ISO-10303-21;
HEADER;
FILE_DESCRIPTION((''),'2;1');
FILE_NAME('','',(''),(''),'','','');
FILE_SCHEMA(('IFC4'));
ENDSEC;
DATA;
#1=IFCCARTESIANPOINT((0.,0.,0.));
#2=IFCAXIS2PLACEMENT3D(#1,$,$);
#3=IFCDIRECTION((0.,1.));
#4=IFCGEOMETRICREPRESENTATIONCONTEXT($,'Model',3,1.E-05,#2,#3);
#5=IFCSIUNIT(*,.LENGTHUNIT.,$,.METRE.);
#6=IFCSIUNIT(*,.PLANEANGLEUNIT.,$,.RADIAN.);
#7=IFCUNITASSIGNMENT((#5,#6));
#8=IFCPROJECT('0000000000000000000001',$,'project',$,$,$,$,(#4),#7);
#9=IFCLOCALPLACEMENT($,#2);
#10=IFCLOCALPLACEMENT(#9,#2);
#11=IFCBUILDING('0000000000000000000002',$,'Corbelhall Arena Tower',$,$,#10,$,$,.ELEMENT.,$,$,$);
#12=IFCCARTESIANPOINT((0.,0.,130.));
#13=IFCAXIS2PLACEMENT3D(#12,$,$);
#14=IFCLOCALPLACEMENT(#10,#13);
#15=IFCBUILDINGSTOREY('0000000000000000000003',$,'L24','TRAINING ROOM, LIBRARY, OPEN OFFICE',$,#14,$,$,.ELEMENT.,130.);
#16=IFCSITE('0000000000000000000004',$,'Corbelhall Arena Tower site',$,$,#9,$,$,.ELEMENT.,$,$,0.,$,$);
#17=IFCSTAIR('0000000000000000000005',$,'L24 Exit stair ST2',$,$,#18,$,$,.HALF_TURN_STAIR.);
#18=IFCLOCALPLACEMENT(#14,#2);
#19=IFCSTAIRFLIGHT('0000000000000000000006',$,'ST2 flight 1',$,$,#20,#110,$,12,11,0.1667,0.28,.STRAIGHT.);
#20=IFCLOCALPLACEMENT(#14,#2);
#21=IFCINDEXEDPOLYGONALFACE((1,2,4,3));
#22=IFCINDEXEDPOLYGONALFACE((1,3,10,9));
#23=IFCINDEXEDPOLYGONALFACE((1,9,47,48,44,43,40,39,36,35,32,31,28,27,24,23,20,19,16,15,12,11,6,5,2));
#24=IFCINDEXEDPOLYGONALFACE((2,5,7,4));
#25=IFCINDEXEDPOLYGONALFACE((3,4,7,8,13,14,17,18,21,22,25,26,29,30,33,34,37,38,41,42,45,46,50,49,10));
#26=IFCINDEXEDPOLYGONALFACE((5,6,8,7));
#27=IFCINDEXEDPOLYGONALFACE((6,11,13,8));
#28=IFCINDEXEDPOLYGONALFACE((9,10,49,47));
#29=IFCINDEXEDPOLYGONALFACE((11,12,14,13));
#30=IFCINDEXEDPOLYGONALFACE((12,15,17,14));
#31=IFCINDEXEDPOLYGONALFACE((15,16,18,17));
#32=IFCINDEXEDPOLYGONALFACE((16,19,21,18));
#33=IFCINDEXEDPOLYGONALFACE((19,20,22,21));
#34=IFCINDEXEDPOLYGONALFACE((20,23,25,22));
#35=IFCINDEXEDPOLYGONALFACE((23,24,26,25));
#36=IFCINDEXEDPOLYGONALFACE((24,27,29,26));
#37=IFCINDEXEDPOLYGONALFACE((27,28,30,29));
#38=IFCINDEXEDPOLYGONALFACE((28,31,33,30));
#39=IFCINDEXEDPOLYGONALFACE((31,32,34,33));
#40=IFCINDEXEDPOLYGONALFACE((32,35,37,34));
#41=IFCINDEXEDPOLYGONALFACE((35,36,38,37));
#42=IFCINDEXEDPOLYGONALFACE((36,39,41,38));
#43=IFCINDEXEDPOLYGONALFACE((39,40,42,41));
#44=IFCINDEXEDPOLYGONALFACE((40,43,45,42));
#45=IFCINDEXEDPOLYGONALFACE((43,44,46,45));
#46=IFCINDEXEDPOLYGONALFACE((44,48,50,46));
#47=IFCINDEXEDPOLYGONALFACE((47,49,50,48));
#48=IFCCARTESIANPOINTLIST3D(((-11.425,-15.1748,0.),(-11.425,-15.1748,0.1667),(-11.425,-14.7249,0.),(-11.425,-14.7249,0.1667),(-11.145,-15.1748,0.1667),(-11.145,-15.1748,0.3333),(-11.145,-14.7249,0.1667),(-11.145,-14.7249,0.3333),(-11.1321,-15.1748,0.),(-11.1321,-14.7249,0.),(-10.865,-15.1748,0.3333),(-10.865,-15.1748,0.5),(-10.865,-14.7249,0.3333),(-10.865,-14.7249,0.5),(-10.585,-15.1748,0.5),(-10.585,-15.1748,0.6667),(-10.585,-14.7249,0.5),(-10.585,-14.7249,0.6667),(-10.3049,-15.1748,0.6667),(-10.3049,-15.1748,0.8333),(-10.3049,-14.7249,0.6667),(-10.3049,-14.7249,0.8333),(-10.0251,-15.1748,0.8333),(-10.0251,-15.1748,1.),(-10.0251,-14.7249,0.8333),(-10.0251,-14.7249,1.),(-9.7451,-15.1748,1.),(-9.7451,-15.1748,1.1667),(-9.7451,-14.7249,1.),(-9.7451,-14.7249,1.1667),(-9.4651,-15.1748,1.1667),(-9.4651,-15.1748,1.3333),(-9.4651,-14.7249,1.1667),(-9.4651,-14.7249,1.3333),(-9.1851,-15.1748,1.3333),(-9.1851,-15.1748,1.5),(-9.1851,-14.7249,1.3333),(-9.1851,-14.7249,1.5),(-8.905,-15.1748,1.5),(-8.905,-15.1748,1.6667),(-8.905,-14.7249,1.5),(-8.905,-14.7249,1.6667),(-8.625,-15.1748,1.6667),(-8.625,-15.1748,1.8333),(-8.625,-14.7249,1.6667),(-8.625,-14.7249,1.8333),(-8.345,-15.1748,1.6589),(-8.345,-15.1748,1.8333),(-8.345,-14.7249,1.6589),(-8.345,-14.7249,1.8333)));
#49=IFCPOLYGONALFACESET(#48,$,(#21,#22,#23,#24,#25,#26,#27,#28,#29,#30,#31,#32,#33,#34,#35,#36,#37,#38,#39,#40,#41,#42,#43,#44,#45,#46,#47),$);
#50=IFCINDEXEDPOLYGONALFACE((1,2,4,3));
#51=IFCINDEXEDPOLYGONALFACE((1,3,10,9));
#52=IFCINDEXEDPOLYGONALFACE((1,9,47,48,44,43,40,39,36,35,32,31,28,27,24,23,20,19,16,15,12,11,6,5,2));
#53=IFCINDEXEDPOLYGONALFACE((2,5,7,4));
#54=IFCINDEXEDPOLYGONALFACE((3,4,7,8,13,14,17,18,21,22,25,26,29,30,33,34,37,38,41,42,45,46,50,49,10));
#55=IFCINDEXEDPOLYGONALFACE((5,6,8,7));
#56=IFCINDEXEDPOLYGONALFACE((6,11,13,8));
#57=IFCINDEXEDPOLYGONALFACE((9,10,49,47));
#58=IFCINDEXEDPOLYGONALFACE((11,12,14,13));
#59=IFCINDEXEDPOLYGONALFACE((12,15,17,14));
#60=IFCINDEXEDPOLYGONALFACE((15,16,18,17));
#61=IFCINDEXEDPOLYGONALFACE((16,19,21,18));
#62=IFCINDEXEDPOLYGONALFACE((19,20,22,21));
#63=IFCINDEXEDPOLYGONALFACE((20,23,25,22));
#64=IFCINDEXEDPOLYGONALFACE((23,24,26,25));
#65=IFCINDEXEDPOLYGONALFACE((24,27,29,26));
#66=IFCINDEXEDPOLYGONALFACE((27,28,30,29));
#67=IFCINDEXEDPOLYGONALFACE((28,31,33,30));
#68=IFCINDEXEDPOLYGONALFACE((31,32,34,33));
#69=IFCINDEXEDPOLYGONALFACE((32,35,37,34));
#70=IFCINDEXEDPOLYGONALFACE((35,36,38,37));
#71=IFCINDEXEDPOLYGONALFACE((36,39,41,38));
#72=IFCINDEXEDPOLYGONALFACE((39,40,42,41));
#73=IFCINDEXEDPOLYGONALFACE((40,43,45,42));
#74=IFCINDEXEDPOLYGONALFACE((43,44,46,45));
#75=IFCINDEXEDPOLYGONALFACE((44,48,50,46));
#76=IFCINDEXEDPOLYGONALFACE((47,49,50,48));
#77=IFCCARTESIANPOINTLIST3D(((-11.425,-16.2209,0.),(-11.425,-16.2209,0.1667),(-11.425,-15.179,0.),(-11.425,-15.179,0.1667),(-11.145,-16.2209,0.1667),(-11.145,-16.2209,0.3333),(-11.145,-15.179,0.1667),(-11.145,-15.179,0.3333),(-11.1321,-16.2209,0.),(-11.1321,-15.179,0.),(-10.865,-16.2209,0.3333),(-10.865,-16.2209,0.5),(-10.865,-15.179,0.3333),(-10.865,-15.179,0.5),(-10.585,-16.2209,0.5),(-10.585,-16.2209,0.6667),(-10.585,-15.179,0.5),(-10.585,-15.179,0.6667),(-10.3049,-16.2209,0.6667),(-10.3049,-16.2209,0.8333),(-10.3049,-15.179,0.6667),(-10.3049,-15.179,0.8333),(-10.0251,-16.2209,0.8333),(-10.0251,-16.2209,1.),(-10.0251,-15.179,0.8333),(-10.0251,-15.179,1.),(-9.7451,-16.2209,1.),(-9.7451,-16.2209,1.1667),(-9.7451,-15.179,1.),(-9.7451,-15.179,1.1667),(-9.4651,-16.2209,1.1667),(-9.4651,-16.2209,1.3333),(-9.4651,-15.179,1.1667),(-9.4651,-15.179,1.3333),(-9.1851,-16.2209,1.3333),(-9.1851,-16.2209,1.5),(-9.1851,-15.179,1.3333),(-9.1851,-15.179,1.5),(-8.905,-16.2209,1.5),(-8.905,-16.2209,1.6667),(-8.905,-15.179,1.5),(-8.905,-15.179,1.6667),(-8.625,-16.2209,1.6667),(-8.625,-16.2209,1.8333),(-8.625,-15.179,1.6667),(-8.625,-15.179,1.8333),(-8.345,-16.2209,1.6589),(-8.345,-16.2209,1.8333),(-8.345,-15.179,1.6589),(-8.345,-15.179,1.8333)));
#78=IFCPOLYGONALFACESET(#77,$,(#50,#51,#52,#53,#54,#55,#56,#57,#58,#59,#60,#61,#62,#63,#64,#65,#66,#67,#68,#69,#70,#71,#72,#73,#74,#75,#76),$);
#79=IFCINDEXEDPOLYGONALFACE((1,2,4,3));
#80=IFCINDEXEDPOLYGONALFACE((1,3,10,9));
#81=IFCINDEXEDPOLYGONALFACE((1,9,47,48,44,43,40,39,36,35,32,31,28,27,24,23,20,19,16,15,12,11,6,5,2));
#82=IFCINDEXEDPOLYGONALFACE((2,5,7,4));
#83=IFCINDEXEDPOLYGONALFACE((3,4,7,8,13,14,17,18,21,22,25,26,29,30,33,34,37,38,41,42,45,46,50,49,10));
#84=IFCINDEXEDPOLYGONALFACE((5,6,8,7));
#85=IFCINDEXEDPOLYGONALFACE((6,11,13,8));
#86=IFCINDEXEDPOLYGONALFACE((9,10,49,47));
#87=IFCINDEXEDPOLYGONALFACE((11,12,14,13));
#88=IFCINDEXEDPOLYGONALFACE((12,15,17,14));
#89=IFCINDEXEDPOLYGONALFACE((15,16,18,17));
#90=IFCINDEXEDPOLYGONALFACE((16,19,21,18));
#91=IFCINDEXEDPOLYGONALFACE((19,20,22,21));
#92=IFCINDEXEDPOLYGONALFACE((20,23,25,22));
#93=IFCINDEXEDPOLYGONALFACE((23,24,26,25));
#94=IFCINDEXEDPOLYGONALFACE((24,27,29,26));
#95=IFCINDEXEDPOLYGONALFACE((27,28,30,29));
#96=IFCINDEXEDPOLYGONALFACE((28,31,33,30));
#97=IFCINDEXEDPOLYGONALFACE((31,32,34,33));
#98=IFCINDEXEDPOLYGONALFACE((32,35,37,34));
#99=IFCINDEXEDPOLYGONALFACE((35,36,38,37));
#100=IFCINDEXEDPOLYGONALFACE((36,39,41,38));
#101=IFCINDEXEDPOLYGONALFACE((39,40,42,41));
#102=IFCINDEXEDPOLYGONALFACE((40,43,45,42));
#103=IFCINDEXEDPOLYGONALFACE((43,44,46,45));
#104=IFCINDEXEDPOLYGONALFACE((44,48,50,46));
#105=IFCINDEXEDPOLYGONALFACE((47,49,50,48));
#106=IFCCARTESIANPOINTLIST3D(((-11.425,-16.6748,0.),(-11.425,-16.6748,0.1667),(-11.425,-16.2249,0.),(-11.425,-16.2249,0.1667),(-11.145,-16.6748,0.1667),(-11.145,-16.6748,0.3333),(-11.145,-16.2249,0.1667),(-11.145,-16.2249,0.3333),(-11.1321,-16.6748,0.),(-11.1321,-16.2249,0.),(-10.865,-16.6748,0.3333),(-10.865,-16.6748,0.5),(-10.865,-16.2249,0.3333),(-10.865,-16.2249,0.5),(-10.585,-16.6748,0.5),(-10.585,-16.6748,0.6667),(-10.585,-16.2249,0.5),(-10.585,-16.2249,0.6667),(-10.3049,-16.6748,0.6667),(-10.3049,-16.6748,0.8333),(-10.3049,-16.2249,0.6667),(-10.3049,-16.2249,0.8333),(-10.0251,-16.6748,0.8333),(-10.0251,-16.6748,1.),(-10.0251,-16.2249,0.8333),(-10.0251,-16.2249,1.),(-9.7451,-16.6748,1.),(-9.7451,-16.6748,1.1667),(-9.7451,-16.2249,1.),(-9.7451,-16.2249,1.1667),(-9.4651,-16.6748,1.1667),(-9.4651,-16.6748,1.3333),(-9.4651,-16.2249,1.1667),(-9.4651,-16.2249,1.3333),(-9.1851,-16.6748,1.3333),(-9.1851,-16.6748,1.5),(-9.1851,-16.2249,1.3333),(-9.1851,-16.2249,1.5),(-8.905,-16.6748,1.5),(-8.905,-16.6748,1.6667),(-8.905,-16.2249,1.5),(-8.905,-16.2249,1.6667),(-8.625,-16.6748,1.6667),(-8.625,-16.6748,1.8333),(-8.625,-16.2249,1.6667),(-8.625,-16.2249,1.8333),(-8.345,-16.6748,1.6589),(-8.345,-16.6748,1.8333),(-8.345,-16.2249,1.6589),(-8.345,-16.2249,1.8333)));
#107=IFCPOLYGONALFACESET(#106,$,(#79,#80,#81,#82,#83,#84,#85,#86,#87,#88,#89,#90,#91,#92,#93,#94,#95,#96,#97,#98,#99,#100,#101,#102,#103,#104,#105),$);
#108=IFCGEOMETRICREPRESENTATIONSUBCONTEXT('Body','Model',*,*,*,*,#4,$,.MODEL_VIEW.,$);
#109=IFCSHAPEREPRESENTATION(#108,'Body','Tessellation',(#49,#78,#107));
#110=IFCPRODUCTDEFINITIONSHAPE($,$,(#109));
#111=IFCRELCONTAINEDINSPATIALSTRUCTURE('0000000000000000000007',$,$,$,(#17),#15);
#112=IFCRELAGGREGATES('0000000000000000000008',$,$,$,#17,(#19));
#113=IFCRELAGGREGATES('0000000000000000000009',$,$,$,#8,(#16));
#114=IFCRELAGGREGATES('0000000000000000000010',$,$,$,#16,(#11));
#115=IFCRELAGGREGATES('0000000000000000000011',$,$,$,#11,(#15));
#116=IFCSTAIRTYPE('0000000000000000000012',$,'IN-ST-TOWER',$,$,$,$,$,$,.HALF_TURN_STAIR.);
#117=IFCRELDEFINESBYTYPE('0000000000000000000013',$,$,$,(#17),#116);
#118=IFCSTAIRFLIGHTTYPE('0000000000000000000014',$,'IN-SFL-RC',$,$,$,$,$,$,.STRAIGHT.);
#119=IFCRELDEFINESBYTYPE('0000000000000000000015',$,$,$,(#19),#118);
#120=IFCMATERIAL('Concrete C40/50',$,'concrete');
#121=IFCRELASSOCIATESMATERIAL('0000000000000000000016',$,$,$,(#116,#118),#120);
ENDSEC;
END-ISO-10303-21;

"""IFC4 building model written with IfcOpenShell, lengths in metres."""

from ifc_helpers import new_model, si_unit, direction, frame, origin, place, context, subcontext, project, spatial, polyline, outline, extrude, material, type_object, element, aggregate, save


model = new_model("IFC4")

# Units and contexts
model_context = context("Model", 3, precision=1e-05, world=origin(), true_north=direction((0.0, 1.0)))
body_context = subcontext(model_context, "Body", "Model", "MODEL_VIEW")
ifc_project = project(units=[si_unit("LENGTHUNIT", "METRE"), si_unit("PLANEANGLEUNIT", "RADIAN")], contexts=[model_context])

# Site, building, storey
site_placement = place(None, origin())
site = spatial("IfcSite", under=ifc_project, at=site_placement, Name="Corbelhall Arena Tower site", CompositionType="ELEMENT", RefElevation=0.0)
building_placement = place(site_placement, origin())
building = spatial("IfcBuilding", under=site, at=building_placement, Name="Corbelhall Arena Tower", CompositionType="ELEMENT")
storey_placement = place(building_placement, frame((0.0, 0.0, 130.0)))
storey = spatial("IfcBuildingStorey", under=building, at=storey_placement, Name="L24", Description="TRAINING ROOM, LIBRARY, OPEN OFFICE", CompositionType="ELEMENT", Elevation=130.0)

# Stair, stair flight
ifc_material_1 = material(Name="Concrete C40/50", Category="concrete")
stair_type = type_object("IfcStairType", Name="IN-ST-TOWER", PredefinedType="HALF_TURN_STAIR", material=ifc_material_1)
stair_placement = place(storey_placement, origin())
stair = element("IfcStair", 1, at=stair_placement, inside=storey, type_object=stair_type, Name="L24 Exit stair ST2", PredefinedType="HALF_TURN_STAIR")
stair_flight_type = type_object("IfcStairFlightType", Name="IN-SFL-RC", PredefinedType="STRAIGHT", material=ifc_material_1)
stair_flight_placement = place(storey_placement, frame((-11.425, -15.7, 0.0), z_axis=(0.0, 0.0, 1.0), x_axis=(1.0, 0.0, 0.0)))
stair_flight = element("IfcStairFlight", 2, at=stair_flight_placement, type_object=stair_flight_type, Name="ST2 flight 1", NumberOfRisers=12, NumberOfTreads=11, PredefinedType="STRAIGHT", RiserHeight=0.1667, TreadLength=0.28, context=body_context, shape_type="SweptSolid", body=[
    extrude(outline(polyline([(0.0, 0.0), (0.0, 0.1667), (0.28, 0.1667), (0.28, 0.3333), (0.5601, 0.3333), (0.5601, 0.5), (0.8401, 0.5), (0.8401, 0.6667), (1.1201, 0.6667), (1.1201, 0.8333), (1.3999, 0.8333), (1.3999, 1.0), (1.6799, 1.0), (1.6799, 1.1667), (1.96, 1.1667), (1.96, 1.3333), (2.24, 1.3333), (2.24, 1.5), (2.52, 1.5), (2.52, 1.6667), (2.8, 1.6667), (2.8, 1.8333), (3.0801, 1.8333), (3.0801, 2.0), (3.0801, 1.6589), (0.293, 0.0), (0.0, 0.0)])), frame((0.0, 0.9751, 0.0), z_axis=(0.0, -1.0, 0.0), x_axis=(1.0, 0.0, 0.0)), (0.0, 0.0, 1.0), 0.45),
    extrude(outline(polyline([(0.0, 0.0), (0.0, 0.1667), (0.28, 0.1667), (0.28, 0.3333), (0.5601, 0.3333), (0.5601, 0.5), (0.8401, 0.5), (0.8401, 0.6667), (1.1201, 0.6667), (1.1201, 0.8333), (1.3999, 0.8333), (1.3999, 1.0), (1.6799, 1.0), (1.6799, 1.1667), (1.96, 1.1667), (1.96, 1.3333), (2.24, 1.3333), (2.24, 1.5), (2.52, 1.5), (2.52, 1.6667), (2.8, 1.6667), (2.8, 1.8333), (3.0801, 1.8333), (3.0801, 2.0), (3.0801, 1.6589), (0.293, 0.0), (0.0, 0.0)])), frame((0.0, 0.521, 0.0), z_axis=(0.0, -1.0, 0.0), x_axis=(1.0, 0.0, 0.0)), (0.0, 0.0, 1.0), 1.042),
    extrude(outline(polyline([(0.0, 0.0), (0.0, 0.1667), (0.28, 0.1667), (0.28, 0.3333), (0.5601, 0.3333), (0.5601, 0.5), (0.8401, 0.5), (0.8401, 0.6667), (1.1201, 0.6667), (1.1201, 0.8333), (1.3999, 0.8333), (1.3999, 1.0), (1.6799, 1.0), (1.6799, 1.1667), (1.96, 1.1667), (1.96, 1.3333), (2.24, 1.3333), (2.24, 1.5), (2.52, 1.5), (2.52, 1.6667), (2.8, 1.6667), (2.8, 1.8333), (3.0801, 1.8333), (3.0801, 2.0), (3.0801, 1.6589), (0.293, 0.0), (0.0, 0.0)])), frame((0.0, -0.5249, 0.0), z_axis=(0.0, -1.0, 0.0), x_axis=(1.0, 0.0, 0.0)), (0.0, 0.0, 1.0), 0.45),
])
aggregate(stair, [stair_flight])

save(model, "model.ifc")
